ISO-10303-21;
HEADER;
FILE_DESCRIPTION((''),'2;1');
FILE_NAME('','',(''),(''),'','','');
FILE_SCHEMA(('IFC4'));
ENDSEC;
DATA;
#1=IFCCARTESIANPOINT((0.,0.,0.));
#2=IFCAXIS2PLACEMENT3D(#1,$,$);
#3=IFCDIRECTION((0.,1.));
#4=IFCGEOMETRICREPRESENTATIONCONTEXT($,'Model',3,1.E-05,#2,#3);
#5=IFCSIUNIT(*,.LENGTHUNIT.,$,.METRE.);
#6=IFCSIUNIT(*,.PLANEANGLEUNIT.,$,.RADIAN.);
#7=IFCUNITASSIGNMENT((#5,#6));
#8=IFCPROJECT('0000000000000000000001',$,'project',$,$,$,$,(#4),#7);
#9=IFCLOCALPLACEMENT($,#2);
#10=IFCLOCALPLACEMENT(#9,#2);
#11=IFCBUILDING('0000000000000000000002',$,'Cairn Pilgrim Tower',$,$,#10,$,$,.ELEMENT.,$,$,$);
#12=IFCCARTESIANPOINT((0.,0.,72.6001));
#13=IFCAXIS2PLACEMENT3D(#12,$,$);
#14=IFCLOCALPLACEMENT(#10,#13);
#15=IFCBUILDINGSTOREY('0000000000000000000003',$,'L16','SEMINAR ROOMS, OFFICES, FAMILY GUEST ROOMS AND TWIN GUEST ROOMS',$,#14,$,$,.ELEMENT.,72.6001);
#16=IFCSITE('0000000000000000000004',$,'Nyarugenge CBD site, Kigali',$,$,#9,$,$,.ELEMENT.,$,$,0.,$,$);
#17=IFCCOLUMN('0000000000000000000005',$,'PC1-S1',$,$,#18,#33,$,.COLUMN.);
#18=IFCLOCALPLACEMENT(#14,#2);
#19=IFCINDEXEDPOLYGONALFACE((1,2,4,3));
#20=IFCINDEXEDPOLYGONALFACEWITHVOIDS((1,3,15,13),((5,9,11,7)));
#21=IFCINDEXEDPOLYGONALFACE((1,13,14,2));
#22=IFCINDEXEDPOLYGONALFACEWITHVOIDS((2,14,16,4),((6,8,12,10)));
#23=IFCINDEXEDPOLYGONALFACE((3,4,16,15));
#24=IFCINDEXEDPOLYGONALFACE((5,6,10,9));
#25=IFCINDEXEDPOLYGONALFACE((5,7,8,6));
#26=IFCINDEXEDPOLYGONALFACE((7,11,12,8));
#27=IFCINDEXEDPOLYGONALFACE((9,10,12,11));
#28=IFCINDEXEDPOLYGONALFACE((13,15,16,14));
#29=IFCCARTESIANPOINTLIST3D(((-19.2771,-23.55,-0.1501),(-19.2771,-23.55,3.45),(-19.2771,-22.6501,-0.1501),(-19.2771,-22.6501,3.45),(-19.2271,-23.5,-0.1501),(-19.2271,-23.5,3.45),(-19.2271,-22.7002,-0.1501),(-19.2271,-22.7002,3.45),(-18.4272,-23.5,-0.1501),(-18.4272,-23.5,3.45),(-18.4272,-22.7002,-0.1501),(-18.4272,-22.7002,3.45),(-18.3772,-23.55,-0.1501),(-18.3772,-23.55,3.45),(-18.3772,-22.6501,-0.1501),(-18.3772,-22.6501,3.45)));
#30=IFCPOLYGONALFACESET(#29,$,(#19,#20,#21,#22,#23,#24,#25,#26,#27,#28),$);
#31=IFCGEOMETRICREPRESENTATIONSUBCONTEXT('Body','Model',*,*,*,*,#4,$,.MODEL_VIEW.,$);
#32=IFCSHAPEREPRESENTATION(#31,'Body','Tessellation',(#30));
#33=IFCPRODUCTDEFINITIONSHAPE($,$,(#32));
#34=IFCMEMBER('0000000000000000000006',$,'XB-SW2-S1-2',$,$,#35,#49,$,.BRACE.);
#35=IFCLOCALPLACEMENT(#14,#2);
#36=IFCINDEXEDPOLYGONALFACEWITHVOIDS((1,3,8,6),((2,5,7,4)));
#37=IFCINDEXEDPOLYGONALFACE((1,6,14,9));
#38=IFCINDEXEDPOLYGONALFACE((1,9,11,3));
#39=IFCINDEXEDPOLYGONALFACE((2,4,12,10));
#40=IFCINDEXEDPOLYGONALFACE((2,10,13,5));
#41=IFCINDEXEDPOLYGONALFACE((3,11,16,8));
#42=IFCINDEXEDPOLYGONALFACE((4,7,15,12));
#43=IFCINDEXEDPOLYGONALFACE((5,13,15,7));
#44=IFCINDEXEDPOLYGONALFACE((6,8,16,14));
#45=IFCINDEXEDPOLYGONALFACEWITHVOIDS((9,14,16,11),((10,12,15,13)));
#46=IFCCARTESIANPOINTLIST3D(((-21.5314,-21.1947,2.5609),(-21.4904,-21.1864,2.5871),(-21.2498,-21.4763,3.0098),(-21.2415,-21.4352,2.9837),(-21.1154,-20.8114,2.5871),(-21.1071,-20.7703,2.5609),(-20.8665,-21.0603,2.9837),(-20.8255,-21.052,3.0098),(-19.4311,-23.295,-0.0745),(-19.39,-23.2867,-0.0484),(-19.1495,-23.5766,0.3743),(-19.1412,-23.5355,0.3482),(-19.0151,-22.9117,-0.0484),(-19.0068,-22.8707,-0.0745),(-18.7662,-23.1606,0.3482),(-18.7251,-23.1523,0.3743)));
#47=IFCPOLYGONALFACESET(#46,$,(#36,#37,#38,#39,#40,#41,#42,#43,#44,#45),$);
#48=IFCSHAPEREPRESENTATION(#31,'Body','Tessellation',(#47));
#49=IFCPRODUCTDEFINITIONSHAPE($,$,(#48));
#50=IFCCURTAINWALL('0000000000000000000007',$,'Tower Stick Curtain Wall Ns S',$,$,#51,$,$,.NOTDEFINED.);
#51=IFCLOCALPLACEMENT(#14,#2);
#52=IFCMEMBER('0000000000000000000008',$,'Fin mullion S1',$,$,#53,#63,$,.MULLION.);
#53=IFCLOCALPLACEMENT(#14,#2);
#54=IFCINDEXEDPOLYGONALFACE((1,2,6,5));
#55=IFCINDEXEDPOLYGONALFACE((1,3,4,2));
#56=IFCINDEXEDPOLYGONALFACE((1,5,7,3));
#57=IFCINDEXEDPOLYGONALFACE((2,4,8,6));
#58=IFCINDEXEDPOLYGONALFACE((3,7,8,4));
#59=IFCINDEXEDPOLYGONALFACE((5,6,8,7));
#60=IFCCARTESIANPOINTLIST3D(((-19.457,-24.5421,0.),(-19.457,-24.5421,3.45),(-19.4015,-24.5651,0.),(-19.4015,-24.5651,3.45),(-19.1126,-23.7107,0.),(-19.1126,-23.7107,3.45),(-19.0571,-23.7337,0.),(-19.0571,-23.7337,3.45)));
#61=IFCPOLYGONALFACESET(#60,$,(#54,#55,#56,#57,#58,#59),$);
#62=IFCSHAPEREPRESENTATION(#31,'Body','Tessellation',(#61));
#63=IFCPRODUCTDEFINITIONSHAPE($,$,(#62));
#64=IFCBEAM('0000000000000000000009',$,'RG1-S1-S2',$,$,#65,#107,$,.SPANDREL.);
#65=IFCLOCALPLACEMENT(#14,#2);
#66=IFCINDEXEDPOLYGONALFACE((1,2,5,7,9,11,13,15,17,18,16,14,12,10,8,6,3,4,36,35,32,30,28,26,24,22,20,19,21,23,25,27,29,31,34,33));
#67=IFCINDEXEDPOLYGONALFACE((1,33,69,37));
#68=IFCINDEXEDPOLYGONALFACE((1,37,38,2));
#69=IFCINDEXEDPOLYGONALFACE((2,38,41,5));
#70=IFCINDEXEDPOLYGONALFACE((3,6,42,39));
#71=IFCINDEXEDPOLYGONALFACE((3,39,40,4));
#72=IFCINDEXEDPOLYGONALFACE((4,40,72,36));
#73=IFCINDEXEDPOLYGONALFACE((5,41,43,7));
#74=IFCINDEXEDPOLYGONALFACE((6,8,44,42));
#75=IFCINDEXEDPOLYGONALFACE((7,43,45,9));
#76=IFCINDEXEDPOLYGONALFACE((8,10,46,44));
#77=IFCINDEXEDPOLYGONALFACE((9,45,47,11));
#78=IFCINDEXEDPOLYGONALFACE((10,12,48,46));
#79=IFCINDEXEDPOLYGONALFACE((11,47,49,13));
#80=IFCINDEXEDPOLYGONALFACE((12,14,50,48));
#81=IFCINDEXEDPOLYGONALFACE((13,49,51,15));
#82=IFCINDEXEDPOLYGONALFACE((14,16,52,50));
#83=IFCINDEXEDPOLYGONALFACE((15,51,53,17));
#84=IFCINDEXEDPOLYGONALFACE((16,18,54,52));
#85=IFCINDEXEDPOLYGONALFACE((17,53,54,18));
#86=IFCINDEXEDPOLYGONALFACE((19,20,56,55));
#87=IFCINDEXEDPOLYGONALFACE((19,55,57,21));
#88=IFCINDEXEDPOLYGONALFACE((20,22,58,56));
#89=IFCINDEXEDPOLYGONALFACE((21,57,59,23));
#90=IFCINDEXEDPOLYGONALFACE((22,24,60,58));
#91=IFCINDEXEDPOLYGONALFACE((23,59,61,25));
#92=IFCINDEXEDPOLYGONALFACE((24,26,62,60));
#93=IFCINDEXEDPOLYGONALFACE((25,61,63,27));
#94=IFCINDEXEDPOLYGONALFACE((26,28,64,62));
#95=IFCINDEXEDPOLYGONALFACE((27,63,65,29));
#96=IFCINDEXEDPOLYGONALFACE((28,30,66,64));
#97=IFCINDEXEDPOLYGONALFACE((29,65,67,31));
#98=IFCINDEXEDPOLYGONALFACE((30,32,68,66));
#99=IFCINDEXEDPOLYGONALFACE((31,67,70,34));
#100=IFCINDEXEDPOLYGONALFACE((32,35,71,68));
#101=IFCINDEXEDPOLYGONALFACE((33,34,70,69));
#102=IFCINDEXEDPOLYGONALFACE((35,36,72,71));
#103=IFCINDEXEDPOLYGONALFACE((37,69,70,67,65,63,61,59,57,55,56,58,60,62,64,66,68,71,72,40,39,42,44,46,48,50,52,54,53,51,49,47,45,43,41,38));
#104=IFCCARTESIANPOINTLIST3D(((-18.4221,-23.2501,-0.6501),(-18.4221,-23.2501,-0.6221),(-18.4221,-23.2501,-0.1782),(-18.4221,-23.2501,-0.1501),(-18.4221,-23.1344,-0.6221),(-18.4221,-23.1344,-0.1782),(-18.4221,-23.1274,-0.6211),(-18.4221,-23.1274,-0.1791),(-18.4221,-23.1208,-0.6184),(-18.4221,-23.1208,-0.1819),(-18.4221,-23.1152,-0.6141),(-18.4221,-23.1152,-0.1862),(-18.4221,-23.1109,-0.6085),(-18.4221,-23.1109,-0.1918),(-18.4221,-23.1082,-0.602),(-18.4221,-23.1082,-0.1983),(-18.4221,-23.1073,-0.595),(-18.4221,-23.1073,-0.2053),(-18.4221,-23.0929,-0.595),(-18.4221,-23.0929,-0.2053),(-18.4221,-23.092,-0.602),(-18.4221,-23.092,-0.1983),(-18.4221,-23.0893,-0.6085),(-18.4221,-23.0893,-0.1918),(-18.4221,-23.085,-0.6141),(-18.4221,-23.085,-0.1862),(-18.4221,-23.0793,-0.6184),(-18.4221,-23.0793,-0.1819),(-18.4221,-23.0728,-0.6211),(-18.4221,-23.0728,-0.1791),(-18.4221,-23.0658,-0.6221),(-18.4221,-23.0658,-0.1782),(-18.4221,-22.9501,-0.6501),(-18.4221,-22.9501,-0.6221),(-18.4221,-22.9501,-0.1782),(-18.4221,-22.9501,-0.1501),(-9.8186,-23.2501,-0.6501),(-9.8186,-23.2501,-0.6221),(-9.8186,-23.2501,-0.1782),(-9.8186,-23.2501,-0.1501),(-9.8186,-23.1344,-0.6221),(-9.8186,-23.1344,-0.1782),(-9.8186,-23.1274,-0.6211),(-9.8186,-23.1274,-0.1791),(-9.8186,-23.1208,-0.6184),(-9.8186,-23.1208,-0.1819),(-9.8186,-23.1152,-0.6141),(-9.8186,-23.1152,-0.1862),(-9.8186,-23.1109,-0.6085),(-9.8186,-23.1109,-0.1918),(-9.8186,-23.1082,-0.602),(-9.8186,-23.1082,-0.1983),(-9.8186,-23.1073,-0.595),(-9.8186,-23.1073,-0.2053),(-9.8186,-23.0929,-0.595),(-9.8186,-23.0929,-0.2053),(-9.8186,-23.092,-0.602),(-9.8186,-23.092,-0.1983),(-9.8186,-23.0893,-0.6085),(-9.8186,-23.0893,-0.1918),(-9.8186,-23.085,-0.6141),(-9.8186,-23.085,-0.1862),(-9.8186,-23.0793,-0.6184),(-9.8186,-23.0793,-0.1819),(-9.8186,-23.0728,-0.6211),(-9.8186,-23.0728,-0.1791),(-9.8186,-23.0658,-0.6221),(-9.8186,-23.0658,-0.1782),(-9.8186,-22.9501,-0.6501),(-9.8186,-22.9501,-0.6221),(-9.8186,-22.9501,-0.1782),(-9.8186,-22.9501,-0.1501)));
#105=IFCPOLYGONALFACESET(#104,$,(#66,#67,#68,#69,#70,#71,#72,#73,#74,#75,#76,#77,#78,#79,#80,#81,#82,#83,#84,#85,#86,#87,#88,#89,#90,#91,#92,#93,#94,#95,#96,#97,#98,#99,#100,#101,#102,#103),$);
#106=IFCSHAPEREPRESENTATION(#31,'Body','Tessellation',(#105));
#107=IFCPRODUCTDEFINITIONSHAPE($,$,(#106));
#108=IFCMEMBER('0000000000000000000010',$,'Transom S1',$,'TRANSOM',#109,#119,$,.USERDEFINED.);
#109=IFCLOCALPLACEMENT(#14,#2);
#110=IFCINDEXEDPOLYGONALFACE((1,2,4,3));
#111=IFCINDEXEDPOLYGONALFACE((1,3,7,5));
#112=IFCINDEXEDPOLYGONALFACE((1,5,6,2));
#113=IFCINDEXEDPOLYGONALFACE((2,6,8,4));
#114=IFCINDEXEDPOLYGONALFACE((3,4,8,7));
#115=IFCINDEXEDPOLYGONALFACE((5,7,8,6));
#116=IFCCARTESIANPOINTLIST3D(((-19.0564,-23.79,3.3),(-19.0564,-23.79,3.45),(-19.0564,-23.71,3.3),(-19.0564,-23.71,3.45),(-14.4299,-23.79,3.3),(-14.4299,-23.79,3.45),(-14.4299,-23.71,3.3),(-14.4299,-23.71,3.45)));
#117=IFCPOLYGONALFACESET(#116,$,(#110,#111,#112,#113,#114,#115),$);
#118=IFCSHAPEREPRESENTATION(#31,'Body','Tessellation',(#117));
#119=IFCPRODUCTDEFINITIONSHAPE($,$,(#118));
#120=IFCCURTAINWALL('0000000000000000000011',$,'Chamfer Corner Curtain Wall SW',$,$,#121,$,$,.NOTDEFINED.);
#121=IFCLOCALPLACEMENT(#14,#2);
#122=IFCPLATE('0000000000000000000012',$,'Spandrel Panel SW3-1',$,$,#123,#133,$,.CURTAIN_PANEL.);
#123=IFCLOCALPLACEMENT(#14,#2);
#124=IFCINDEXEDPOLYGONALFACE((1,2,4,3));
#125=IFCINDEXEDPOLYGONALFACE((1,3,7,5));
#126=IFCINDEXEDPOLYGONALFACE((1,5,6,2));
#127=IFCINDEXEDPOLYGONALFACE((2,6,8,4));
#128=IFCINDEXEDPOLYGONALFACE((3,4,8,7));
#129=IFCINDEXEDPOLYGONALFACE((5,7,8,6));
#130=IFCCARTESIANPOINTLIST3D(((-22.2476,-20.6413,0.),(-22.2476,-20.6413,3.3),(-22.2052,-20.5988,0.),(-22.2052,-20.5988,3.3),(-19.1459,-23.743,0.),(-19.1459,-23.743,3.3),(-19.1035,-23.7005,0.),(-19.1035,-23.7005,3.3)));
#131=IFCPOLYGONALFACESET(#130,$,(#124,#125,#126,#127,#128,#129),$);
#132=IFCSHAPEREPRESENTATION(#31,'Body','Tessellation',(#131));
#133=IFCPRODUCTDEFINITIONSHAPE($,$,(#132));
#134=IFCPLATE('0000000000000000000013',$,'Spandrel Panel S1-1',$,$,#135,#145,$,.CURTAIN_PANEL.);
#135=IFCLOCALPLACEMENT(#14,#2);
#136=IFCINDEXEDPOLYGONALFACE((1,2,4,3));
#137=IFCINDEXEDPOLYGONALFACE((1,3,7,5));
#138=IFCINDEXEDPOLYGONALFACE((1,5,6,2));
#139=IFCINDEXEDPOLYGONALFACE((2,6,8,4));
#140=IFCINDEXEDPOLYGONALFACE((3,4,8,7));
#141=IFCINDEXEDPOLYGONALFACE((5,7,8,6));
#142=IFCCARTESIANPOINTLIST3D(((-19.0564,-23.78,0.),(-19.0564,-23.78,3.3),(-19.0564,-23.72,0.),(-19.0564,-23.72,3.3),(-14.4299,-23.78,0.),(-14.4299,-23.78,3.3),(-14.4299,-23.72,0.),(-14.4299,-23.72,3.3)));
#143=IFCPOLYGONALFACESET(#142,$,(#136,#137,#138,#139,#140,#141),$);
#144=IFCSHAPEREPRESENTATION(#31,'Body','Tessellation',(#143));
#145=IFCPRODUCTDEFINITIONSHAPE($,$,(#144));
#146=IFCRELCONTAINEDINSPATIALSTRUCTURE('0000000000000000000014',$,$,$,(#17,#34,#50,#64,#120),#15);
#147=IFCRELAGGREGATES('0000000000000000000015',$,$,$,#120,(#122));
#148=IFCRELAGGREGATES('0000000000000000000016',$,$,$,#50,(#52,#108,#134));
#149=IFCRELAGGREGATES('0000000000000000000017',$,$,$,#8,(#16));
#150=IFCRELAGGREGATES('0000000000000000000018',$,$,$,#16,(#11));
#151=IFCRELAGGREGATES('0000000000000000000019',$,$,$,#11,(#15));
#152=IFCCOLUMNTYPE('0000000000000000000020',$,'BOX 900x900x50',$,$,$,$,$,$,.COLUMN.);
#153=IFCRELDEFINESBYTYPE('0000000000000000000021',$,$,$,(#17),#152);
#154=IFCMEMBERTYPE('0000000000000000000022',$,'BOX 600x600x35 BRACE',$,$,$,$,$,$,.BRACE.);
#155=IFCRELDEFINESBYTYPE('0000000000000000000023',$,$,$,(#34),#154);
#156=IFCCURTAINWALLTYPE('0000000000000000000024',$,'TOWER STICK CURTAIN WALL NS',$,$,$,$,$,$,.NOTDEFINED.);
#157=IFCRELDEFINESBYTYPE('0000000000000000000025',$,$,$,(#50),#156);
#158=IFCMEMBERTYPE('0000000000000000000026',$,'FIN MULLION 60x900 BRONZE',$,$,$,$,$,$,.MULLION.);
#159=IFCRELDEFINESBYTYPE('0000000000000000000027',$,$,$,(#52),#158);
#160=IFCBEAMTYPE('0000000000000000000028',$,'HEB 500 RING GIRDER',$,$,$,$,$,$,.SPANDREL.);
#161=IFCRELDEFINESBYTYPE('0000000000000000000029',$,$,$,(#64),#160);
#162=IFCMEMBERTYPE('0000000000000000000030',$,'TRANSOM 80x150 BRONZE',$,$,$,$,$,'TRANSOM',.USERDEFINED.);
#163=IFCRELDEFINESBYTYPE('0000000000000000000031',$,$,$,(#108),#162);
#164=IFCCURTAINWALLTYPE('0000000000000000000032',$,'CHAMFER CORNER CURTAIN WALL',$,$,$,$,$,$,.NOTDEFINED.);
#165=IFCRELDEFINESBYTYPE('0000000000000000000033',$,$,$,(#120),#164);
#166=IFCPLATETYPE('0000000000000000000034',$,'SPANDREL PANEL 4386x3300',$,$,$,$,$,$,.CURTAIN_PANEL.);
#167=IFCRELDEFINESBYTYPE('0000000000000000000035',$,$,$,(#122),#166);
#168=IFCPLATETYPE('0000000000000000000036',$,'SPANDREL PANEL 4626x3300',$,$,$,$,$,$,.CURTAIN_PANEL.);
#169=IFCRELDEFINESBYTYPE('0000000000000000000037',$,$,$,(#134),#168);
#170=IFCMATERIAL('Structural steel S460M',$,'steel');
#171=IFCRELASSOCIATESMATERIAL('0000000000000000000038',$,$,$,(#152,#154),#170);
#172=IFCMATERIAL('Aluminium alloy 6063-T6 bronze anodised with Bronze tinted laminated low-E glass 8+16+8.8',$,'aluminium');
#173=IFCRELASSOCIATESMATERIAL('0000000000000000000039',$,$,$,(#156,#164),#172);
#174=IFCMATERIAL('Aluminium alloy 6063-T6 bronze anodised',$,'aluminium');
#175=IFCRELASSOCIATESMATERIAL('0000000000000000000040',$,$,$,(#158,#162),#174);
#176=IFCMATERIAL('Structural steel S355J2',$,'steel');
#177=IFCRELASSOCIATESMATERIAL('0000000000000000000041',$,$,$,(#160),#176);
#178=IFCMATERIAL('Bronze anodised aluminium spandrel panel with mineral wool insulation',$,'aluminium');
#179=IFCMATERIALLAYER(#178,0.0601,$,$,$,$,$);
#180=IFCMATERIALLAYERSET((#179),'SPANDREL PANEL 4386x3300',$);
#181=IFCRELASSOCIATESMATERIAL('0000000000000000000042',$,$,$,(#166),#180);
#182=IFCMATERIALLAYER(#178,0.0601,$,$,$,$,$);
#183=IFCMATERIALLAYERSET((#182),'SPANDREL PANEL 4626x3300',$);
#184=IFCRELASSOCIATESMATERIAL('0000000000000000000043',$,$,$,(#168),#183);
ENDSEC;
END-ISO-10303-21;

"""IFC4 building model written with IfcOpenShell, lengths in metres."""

from ifc_helpers import new_model, si_unit, direction, frame, origin, origin_2d, place, context, subcontext, project, spatial, rectangle, hollow_rectangle, i_section, extrude, material, layer, layer_set, material_profile, profile_set, type_object, element, aggregate, save


model = new_model("IFC4")

# Units and contexts
model_context = context("Model", 3, precision=1e-05, world=origin(), true_north=direction((0.0, 1.0)))
body_context = subcontext(model_context, "Body", "Model", "MODEL_VIEW")
ifc_project = project(units=[si_unit("LENGTHUNIT", "METRE"), si_unit("PLANEANGLEUNIT", "RADIAN")], contexts=[model_context])

# Site, building, storey
site_placement = place(None, origin())
site = spatial("IfcSite", under=ifc_project, at=site_placement, Name="Nyarugenge CBD site, Kigali", CompositionType="ELEMENT", RefElevation=0.0)
building_placement = place(site_placement, origin())
building = spatial("IfcBuilding", under=site, at=building_placement, Name="Cairn Pilgrim Tower", CompositionType="ELEMENT")
storey_placement = place(building_placement, frame((0.0, 0.0, 72.6001)))
storey = spatial("IfcBuildingStorey", under=building, at=storey_placement, Name="L16", Description="SEMINAR ROOMS, OFFICES, FAMILY GUEST ROOMS AND TWIN GUEST ROOMS", CompositionType="ELEMENT", Elevation=72.6001)

# Column
ifc_material_1 = material(Name="Structural steel S460M", Category="steel")
ifc_material_profile_1 = material_profile(ifc_material_1, hollow_rectangle(XDim=0.8999, YDim=0.8999, WallThickness=0.05, at=origin_2d()), Name="BOX 900x900x50")
ifc_profile_set_1 = profile_set([ifc_material_profile_1], Name="Structural steel S460M")
column_type = type_object("IfcColumnType", Name="BOX 900x900x50", PredefinedType="COLUMN", material=ifc_profile_set_1)
column_placement = place(storey_placement, frame((-18.8271, -23.1001, -0.1501), z_axis=(0.0, 0.0, 1.0), x_axis=(1.0, 0.0, 0.0)))
element("IfcColumn", 1, at=column_placement, inside=storey, type_object=column_type, Name="PC1-S1", PredefinedType="COLUMN", context=body_context, shape_type="SweptSolid", body=[
    extrude(hollow_rectangle(XDim=0.8999, YDim=0.8999, WallThickness=0.05, at=origin_2d()), origin(), (0.0, 0.0, 1.0), 3.6001),
])

# Member
ifc_material_profile_2 = material_profile(ifc_material_1, hollow_rectangle(XDim=0.6001, YDim=0.6001, WallThickness=0.0349, at=origin_2d()), Name="BOX 600x600x35")
ifc_profile_set_2 = profile_set([ifc_material_profile_2], Name="Structural steel S460M")
member_type_1 = type_object("IfcMemberType", Name="BOX 600x600x35 BRACE", PredefinedType="BRACE", material=ifc_profile_set_2)
member_1_placement = place(storey_placement, frame((-19.0781, -23.2236, 0.1499), z_axis=(-0.528922, 0.528922, 0.663689), x_axis=(-0.707107, -0.707107, 0.0)))
element("IfcMember", 2, at=member_1_placement, inside=storey, type_object=member_type_1, Name="XB-SW2-S1-2", PredefinedType="BRACE", context=body_context, shape_type="SweptSolid", body=[
    extrude(hollow_rectangle(XDim=0.6001, YDim=0.6001, WallThickness=0.0349, at=origin_2d()), origin(), (0.0, 0.0, 1.0), 3.9709),
])

# Curtain wall, member
ifc_material_2 = material(Name="Aluminium alloy 6063-T6 bronze anodised with Bronze tinted laminated low-E glass 8+16+8.8", Category="aluminium")
curtain_wall_type_1 = type_object("IfcCurtainWallType", Name="TOWER STICK CURTAIN WALL NS", PredefinedType="NOTDEFINED", material=ifc_material_2)
curtain_wall_1_placement = place(storey_placement, origin())
curtain_wall_1 = element("IfcCurtainWall", 3, at=curtain_wall_1_placement, inside=storey, type_object=curtain_wall_type_1, Name="Tower Stick Curtain Wall Ns S", PredefinedType="NOTDEFINED")
ifc_material_3 = material(Name="Aluminium alloy 6063-T6 bronze anodised", Category="aluminium")
ifc_material_profile_3 = material_profile(ifc_material_3, rectangle(XDim=0.8999, YDim=0.0601, at=origin_2d()), Name="FIN MULLION 60x900 BRONZE")
ifc_profile_set_3 = profile_set([ifc_material_profile_3], Name="Aluminium alloy 6063-T6 bronze anodised")
member_type_2 = type_object("IfcMemberType", Name="FIN MULLION 60x900 BRONZE", PredefinedType="MULLION", material=ifc_profile_set_3)
member_2_placement = place(storey_placement, frame((-19.2571, -24.1379, 0.0), z_axis=(0.0, 0.0, 1.0), x_axis=(-0.382683, -0.92388, 0.0)))
member_2 = element("IfcMember", 4, at=member_2_placement, type_object=member_type_2, Name="Fin mullion S1", PredefinedType="MULLION", context=body_context, shape_type="SweptSolid", body=[
    extrude(rectangle(XDim=0.8999, YDim=0.0601, at=origin_2d()), origin(), (0.0, 0.0, 1.0), 3.45),
])

# Beam
ifc_material_4 = material(Name="Structural steel S355J2", Category="steel")
ifc_material_profile_4 = material_profile(ifc_material_4, i_section(OverallWidth=0.3, OverallDepth=0.5, WebThickness=0.0144, FlangeThickness=0.0281, FilletRadius=0.0271, at=origin_2d()), Name="HEB 500")
ifc_profile_set_4 = profile_set([ifc_material_profile_4], Name="Structural steel S355J2")
beam_type = type_object("IfcBeamType", Name="HEB 500 RING GIRDER", PredefinedType="SPANDREL", material=ifc_profile_set_4)
beam_placement = place(storey_placement, frame((-18.4221, -23.1001, -0.4001), z_axis=(1.0, 0.0, 0.0), x_axis=(0.0, 1.0, 0.0)))
element("IfcBeam", 5, at=beam_placement, inside=storey, type_object=beam_type, Name="RG1-S1-S2", PredefinedType="SPANDREL", context=body_context, shape_type="SweptSolid", body=[
    extrude(i_section(OverallWidth=0.3, OverallDepth=0.5, WebThickness=0.0144, FlangeThickness=0.0281, FilletRadius=0.0271, at=origin_2d()), origin(), (0.0, 0.0, 1.0), 8.6035),
])

# Member
ifc_material_profile_5 = material_profile(ifc_material_3, rectangle(XDim=0.0801, YDim=0.1499, at=origin_2d()), Name="TRANSOM 80x150 BRONZE")
ifc_profile_set_5 = profile_set([ifc_material_profile_5], Name="Aluminium alloy 6063-T6 bronze anodised")
member_type_3 = type_object("IfcMemberType", Name="TRANSOM 80x150 BRONZE", ElementType="TRANSOM", PredefinedType="USERDEFINED", material=ifc_profile_set_5)
member_3_placement = place(storey_placement, frame((-19.0564, -23.75, 3.375), z_axis=(1.0, 0.0, 0.0), x_axis=(0.0, 1.0, 0.0)))
member_3 = element("IfcMember", 6, at=member_3_placement, type_object=member_type_3, Name="Transom S1", ObjectType="TRANSOM", PredefinedType="USERDEFINED", context=body_context, shape_type="SweptSolid", body=[
    extrude(rectangle(XDim=0.0801, YDim=0.1499, at=origin_2d()), origin(), (0.0, 0.0, 1.0), 4.6265),
])

# Curtain wall, plate
curtain_wall_type_2 = type_object("IfcCurtainWallType", Name="CHAMFER CORNER CURTAIN WALL", PredefinedType="NOTDEFINED", material=ifc_material_2)
curtain_wall_2_placement = place(storey_placement, origin())
curtain_wall_2 = element("IfcCurtainWall", 7, at=curtain_wall_2_placement, inside=storey, type_object=curtain_wall_type_2, Name="Chamfer Corner Curtain Wall SW", PredefinedType="NOTDEFINED")
ifc_material_5 = material(Name="Bronze anodised aluminium spandrel panel with mineral wool insulation", Category="aluminium")
ifc_layer_1 = layer(ifc_material_5, 0.0601)
ifc_layer_set_1 = layer_set([ifc_layer_1], Name="SPANDREL PANEL 4386x3300")
plate_type_1 = type_object("IfcPlateType", Name="SPANDREL PANEL 4386x3300", PredefinedType="CURTAIN_PANEL", material=ifc_layer_set_1)
plate_1_placement = place(storey_placement, frame((-20.6755, -22.1709, 0.0), z_axis=(0.0, 0.0, 1.0), x_axis=(0.707107, -0.707107, 0.0)))
plate_1 = element("IfcPlate", 8, at=plate_1_placement, type_object=plate_type_1, Name="Spandrel Panel SW3-1", PredefinedType="CURTAIN_PANEL", context=body_context, shape_type="SweptSolid", body=[
    extrude(rectangle(XDim=4.3865, YDim=0.0601, at=origin_2d()), origin(), (0.0, 0.0, 1.0), 3.3),
])
aggregate(curtain_wall_2, [plate_1])

# Plate
ifc_layer_2 = layer(ifc_material_5, 0.0601)
ifc_layer_set_2 = layer_set([ifc_layer_2], Name="SPANDREL PANEL 4626x3300")
plate_type_2 = type_object("IfcPlateType", Name="SPANDREL PANEL 4626x3300", PredefinedType="CURTAIN_PANEL", material=ifc_layer_set_2)
plate_2_placement = place(storey_placement, frame((-16.7432, -23.75, 0.0), z_axis=(0.0, 0.0, 1.0), x_axis=(1.0, 0.0, 0.0)))
plate_2 = element("IfcPlate", 9, at=plate_2_placement, type_object=plate_type_2, Name="Spandrel Panel S1-1", PredefinedType="CURTAIN_PANEL", context=body_context, shape_type="SweptSolid", body=[
    extrude(rectangle(XDim=4.6265, YDim=0.0601, at=origin_2d()), origin(), (0.0, 0.0, 1.0), 3.3),
])
aggregate(curtain_wall_1, [member_2, member_3, plate_2])

save(model, "model.ifc")
